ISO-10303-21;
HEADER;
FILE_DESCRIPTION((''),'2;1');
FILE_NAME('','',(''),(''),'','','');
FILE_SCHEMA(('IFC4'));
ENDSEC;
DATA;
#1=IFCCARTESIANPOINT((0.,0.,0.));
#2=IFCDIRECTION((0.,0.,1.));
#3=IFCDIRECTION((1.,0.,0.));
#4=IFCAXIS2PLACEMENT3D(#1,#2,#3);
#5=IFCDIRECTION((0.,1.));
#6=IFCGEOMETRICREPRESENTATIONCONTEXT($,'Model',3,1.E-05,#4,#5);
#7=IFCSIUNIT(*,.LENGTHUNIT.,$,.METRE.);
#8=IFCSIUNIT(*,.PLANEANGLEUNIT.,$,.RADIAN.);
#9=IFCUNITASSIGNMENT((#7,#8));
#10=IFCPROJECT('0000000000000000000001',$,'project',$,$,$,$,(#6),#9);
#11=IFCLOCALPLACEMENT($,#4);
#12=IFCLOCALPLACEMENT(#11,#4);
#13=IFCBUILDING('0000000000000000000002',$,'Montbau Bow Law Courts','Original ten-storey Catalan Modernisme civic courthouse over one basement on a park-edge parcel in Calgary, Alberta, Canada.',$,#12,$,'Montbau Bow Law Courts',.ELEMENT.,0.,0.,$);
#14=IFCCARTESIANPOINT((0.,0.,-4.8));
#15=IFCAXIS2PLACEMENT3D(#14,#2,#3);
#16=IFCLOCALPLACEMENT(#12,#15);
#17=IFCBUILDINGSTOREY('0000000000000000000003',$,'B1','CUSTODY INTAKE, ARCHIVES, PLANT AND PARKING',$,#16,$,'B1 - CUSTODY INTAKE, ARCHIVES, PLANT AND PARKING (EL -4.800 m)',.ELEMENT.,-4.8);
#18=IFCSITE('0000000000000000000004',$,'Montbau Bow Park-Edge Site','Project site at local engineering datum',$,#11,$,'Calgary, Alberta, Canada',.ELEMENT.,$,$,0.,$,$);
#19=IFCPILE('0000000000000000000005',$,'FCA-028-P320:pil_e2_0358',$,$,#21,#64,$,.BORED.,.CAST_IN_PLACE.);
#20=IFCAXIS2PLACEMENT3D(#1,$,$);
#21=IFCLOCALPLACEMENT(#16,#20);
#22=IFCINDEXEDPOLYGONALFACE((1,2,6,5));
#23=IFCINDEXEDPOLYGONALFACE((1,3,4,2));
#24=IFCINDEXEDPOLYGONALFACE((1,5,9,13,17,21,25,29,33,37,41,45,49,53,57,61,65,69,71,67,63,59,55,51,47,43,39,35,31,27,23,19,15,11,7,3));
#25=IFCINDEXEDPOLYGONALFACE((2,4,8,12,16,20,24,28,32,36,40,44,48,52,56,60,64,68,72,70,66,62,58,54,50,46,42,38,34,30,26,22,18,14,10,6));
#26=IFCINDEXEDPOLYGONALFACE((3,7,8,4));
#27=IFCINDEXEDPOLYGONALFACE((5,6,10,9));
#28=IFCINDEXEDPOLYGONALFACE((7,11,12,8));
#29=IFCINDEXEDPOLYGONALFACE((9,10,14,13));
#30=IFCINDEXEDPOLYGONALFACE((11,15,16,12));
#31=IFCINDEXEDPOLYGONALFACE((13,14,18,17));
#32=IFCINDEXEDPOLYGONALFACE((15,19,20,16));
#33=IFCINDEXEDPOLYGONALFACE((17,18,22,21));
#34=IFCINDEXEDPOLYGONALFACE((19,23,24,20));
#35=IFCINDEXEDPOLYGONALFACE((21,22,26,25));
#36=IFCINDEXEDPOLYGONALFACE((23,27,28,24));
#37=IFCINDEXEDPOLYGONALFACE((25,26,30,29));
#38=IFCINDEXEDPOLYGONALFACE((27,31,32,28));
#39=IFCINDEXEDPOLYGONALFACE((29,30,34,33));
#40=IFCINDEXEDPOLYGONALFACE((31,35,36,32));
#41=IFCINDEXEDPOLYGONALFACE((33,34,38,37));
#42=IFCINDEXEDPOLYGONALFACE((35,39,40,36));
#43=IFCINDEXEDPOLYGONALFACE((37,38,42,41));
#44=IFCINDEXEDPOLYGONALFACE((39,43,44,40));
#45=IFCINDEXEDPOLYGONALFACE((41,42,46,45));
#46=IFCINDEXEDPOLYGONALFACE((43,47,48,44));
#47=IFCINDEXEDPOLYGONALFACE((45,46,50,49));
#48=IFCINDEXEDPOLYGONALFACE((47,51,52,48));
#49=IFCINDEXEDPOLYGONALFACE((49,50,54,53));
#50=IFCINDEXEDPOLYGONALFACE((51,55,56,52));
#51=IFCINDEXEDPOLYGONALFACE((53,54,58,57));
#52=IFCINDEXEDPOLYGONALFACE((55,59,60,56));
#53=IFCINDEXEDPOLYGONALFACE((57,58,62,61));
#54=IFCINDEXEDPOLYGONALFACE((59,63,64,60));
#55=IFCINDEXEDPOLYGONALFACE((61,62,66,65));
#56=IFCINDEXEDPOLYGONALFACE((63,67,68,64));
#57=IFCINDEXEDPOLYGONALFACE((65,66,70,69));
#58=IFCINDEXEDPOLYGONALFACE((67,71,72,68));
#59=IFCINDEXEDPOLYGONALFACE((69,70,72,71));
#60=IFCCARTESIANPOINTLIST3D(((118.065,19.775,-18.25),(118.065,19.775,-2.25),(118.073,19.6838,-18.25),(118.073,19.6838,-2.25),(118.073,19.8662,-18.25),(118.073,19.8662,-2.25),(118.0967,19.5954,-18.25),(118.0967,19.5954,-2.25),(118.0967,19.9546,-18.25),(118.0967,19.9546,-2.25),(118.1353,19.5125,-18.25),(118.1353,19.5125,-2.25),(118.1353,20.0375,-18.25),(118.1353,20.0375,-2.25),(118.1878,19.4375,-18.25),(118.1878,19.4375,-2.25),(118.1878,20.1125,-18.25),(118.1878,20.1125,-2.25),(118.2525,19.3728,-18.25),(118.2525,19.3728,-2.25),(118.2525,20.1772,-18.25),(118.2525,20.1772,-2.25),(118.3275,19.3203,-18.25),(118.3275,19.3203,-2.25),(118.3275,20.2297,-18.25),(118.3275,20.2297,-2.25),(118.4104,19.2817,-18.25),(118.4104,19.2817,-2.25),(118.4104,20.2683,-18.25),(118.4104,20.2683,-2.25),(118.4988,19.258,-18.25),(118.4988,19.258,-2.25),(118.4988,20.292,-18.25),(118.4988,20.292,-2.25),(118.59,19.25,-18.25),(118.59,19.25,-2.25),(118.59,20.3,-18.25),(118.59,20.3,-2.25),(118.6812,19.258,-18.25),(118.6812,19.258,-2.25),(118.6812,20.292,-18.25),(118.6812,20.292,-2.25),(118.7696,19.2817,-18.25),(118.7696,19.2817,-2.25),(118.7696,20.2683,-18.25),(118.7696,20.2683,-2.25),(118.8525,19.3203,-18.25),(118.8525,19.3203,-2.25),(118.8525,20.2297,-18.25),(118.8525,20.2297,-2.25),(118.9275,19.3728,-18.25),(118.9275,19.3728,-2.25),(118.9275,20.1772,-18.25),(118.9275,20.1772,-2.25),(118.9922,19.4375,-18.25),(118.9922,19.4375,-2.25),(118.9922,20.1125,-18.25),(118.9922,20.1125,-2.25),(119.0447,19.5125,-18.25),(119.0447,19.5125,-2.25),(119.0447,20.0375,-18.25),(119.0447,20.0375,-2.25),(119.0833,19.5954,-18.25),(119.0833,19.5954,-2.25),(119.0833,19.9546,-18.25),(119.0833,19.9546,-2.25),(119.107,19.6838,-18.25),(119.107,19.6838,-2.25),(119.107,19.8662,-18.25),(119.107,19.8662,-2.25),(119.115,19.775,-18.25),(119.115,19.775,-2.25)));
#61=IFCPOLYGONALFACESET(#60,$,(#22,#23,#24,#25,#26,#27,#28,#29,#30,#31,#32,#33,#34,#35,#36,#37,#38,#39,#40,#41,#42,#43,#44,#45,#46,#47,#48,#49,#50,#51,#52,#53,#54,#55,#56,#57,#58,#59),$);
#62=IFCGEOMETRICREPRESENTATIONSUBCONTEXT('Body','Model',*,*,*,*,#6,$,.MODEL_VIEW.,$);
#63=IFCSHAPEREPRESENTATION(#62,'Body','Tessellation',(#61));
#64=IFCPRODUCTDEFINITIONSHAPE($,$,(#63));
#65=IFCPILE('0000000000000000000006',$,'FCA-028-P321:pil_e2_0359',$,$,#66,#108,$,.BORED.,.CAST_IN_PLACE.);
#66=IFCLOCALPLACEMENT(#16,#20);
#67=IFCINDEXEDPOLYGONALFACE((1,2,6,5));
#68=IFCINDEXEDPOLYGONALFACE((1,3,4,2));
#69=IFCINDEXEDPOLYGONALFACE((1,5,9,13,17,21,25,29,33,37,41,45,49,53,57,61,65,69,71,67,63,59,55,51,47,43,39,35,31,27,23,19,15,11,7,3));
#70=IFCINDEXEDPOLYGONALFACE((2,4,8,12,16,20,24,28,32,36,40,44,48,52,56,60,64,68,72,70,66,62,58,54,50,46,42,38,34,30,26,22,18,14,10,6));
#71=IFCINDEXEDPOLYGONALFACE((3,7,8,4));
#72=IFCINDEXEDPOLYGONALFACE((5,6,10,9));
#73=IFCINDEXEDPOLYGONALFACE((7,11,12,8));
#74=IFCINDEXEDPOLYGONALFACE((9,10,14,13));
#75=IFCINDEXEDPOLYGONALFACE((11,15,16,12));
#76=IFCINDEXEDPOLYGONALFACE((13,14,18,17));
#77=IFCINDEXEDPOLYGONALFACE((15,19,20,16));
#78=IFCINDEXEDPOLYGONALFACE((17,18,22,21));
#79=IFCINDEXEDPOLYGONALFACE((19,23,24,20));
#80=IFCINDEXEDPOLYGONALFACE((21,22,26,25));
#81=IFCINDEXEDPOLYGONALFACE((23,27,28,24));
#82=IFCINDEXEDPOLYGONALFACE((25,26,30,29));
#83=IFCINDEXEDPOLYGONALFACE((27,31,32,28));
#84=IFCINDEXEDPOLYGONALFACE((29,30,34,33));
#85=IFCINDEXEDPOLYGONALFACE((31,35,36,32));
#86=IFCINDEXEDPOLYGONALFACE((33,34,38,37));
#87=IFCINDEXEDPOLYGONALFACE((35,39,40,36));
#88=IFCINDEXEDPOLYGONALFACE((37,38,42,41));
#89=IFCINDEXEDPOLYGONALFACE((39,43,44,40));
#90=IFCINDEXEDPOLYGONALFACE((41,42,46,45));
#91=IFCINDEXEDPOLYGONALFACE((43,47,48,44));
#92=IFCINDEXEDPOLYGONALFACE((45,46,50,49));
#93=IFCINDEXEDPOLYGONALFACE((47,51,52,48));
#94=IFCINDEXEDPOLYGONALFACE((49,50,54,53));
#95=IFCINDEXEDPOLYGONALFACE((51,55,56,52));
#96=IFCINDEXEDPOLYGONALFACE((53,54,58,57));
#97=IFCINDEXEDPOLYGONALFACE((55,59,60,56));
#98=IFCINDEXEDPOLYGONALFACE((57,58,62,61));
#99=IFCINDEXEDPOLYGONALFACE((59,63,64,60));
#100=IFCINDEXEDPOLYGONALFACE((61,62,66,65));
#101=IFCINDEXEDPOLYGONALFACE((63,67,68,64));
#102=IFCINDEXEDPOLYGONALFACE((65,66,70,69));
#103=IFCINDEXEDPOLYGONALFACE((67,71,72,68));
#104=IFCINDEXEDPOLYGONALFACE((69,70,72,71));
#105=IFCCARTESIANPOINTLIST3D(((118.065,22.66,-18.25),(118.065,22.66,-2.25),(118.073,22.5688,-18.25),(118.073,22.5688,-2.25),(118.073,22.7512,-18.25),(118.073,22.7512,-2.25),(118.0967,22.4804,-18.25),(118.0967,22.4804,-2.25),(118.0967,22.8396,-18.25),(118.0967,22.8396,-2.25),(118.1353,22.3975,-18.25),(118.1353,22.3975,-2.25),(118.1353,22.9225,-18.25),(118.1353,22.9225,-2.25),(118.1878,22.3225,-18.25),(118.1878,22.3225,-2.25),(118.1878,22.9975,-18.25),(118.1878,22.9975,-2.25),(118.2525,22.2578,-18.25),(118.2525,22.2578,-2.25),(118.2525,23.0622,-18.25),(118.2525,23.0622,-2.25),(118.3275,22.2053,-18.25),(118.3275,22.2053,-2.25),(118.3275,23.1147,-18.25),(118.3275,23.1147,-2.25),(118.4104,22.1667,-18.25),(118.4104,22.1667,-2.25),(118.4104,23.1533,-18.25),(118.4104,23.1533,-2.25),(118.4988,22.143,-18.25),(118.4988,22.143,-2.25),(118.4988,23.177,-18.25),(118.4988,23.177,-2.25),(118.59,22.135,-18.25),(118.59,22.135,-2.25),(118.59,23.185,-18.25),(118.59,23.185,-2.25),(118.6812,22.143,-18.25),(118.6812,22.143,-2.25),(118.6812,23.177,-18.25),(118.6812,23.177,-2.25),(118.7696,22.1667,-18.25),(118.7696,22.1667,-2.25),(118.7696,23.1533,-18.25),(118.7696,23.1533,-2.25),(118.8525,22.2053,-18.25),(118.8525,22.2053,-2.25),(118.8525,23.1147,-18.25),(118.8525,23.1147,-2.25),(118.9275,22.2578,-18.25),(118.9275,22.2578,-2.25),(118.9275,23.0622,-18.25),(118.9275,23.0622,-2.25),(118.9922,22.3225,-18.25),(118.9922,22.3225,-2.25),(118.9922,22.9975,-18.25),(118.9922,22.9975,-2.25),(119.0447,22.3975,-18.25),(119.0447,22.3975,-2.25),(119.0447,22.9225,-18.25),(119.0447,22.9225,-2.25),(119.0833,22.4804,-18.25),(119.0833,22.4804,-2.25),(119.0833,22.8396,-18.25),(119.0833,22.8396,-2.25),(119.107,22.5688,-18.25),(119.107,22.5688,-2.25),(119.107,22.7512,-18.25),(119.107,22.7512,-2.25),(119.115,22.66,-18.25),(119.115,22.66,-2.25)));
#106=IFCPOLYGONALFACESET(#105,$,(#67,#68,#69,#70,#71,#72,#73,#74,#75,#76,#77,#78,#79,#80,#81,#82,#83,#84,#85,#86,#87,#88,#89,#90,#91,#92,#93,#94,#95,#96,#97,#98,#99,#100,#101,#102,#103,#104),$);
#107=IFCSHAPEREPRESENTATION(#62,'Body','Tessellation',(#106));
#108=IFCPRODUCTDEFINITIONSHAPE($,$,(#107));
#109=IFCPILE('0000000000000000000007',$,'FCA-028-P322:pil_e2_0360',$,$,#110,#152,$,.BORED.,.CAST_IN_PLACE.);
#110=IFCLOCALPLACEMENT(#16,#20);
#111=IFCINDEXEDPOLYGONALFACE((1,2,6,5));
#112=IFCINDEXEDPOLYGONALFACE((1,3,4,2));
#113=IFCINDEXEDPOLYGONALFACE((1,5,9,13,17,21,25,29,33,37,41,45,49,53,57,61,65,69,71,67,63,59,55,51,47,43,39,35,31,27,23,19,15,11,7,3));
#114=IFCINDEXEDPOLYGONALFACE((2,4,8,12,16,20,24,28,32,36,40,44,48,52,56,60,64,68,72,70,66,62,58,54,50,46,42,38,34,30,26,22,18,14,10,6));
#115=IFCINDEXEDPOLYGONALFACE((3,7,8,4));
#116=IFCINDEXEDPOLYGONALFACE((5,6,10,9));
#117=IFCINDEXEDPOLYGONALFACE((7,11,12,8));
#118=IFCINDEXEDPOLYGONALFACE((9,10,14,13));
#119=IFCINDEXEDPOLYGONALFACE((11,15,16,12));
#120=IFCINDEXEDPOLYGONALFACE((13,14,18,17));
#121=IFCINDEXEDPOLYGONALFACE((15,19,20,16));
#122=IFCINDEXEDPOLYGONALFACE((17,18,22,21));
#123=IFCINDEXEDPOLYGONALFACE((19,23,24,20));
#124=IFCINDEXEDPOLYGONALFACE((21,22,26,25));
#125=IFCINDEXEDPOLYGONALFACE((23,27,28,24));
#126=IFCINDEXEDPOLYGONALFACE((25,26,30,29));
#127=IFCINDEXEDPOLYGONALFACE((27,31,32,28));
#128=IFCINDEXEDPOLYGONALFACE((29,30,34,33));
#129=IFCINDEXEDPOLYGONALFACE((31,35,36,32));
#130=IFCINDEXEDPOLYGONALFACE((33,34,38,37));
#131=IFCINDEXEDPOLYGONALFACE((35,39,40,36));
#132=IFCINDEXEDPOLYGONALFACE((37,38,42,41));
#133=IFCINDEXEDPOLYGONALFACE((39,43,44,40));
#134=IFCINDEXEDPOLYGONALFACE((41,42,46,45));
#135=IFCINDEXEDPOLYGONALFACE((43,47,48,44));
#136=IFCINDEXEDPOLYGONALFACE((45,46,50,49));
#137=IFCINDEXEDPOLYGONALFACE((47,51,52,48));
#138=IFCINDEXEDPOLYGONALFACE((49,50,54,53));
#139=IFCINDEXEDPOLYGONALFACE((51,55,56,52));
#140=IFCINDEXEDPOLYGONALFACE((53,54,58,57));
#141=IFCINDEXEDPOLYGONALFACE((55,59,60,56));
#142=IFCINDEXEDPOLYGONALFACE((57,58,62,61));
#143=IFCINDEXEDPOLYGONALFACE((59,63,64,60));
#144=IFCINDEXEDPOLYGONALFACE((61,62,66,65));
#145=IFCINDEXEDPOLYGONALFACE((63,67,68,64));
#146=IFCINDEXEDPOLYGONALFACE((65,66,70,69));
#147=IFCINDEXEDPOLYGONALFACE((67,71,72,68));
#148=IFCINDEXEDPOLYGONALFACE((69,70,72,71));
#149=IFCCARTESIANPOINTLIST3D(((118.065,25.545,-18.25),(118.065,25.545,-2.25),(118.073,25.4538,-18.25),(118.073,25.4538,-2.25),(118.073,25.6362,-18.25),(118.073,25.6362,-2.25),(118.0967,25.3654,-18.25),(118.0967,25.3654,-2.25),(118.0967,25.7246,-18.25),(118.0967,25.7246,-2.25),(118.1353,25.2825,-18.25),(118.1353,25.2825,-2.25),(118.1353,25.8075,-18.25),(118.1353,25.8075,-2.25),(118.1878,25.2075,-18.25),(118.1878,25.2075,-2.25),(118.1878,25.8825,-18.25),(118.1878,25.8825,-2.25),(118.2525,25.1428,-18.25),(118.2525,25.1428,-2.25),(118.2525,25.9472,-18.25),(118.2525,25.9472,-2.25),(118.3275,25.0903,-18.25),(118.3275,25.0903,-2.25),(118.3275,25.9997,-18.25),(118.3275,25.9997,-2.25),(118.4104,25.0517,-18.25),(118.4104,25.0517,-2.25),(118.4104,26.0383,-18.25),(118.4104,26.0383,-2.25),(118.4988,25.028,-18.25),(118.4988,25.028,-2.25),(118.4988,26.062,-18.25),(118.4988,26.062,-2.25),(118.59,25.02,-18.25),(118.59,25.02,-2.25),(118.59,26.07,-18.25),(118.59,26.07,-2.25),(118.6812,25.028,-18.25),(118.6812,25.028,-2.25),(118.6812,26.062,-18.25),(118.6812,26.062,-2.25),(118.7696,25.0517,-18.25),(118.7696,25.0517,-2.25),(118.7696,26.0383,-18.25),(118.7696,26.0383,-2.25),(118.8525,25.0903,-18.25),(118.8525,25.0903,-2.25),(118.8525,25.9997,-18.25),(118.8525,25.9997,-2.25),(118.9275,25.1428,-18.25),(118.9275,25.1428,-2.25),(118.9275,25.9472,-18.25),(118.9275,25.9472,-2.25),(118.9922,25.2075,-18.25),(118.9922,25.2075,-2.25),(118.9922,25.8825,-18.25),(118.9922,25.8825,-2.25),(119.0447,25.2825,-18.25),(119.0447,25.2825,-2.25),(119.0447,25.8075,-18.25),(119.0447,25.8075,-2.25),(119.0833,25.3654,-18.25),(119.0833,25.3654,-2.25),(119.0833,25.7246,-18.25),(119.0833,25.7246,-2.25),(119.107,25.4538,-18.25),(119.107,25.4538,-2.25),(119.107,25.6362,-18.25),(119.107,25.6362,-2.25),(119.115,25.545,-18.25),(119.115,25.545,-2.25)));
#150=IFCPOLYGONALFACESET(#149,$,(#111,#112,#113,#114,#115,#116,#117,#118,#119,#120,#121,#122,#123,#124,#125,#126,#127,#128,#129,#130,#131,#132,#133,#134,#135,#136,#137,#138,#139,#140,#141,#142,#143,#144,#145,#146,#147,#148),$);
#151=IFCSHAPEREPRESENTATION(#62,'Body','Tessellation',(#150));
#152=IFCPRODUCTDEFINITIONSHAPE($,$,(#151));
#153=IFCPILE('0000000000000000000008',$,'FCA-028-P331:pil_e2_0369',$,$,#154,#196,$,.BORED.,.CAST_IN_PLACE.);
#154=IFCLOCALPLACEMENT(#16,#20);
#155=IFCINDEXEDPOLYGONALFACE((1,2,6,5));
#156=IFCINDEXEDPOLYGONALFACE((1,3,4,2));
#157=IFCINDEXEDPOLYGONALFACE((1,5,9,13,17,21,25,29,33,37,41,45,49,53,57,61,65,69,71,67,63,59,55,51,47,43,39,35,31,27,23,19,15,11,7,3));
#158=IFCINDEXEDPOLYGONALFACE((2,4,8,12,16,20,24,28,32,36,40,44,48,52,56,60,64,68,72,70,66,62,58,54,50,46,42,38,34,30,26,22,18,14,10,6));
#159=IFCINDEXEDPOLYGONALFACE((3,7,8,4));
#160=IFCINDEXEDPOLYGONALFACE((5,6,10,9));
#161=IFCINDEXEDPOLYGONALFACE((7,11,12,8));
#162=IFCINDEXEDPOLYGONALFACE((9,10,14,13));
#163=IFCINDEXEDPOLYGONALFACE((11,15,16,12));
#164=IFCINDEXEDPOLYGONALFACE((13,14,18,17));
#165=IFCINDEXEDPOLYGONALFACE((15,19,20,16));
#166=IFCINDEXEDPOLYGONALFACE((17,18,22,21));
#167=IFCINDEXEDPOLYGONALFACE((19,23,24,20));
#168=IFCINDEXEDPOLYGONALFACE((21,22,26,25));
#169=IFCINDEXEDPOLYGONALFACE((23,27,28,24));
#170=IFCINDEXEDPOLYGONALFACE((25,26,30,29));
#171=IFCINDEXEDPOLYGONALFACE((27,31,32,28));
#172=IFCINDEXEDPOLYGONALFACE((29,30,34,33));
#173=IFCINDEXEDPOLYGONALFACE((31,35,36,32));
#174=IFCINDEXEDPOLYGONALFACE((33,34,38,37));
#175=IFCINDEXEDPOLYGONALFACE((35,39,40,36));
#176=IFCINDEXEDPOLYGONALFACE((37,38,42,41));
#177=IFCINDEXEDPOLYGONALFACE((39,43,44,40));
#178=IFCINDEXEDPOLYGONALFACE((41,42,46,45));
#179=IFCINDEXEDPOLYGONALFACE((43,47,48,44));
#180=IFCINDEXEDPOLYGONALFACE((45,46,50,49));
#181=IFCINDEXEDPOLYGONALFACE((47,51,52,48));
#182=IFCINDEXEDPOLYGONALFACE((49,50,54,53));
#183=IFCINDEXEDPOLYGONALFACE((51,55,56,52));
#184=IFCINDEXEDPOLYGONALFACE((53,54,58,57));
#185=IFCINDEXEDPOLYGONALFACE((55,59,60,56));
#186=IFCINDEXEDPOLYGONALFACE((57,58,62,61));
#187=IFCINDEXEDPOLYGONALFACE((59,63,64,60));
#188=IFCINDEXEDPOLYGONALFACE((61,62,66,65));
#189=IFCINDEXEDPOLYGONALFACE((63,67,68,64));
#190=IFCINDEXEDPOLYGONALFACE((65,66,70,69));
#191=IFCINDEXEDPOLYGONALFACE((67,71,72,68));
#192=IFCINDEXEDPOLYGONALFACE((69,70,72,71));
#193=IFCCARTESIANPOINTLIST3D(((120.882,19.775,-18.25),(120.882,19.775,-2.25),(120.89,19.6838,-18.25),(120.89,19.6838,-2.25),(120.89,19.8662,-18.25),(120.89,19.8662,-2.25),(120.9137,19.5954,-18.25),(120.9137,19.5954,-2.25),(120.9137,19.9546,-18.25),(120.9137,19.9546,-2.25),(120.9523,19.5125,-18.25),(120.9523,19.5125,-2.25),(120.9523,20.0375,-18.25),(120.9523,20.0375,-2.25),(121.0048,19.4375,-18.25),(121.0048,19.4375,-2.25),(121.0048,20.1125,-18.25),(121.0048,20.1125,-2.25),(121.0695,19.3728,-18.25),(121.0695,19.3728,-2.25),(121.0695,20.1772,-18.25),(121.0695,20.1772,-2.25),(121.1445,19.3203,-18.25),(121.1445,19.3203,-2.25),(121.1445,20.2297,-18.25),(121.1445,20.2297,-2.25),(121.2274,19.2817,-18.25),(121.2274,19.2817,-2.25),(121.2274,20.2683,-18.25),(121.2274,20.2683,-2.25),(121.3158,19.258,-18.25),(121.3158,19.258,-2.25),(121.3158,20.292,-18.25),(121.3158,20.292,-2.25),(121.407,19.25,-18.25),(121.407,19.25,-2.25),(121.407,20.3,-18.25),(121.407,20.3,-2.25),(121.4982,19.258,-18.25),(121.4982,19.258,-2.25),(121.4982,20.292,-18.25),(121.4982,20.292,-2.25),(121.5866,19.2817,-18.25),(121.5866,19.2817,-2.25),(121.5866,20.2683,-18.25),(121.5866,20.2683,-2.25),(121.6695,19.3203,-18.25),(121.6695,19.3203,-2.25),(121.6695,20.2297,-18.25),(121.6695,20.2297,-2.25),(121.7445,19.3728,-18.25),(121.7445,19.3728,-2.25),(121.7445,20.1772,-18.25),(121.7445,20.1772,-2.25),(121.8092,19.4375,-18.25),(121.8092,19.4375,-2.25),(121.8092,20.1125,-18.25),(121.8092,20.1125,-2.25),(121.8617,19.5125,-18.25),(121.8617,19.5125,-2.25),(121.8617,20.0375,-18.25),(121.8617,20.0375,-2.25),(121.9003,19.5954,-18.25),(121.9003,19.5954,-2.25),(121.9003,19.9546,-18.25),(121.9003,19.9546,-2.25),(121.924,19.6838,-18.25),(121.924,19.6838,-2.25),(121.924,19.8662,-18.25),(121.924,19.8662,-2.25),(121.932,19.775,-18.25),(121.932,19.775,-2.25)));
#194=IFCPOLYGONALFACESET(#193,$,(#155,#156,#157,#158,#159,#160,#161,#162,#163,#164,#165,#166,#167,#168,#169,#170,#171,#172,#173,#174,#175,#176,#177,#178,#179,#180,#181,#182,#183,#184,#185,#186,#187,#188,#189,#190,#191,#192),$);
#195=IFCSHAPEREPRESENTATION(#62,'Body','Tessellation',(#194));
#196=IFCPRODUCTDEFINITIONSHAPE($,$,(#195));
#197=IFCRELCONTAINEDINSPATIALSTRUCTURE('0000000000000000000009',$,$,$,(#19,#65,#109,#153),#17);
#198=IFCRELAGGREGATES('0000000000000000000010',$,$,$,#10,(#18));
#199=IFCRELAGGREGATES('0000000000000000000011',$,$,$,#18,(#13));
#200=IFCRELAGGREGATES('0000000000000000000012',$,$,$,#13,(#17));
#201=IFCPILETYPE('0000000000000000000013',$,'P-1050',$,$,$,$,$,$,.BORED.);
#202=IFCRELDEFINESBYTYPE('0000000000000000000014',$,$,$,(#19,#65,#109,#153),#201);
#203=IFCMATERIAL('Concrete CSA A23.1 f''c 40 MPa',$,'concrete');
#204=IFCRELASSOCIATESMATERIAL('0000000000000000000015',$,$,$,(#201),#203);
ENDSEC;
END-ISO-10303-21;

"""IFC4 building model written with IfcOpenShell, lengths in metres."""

from ifc_helpers import new_model, si_unit, direction, frame, origin_with_axes, origin_2d_with_axis, place, context, subcontext, project, spatial, circle, extrude, material, material_profile, profile_set, type_object, element, save


model = new_model("IFC4")

# Units and contexts
model_context = context("Model", 3, precision=1e-05, world=origin_with_axes(), true_north=direction((0.0, 1.0)))
body_context = subcontext(model_context, "Body", "Model", "MODEL_VIEW")
ifc_project = project(units=[si_unit("LENGTHUNIT", "METRE"), si_unit("PLANEANGLEUNIT", "RADIAN")], contexts=[model_context])

# Site, building, storey
site_placement = place(None, origin_with_axes())
site = spatial("IfcSite", under=ifc_project, at=site_placement, Name="Montbau Bow Park-Edge Site", Description="Project site at local engineering datum", LongName="Calgary, Alberta, Canada", CompositionType="ELEMENT", RefElevation=0.0)
building_placement = place(site_placement, origin_with_axes())
building = spatial("IfcBuilding", under=site, at=building_placement, Name="Montbau Bow Law Courts", Description="Original ten-storey Catalan Modernisme civic courthouse over one basement on a park-edge parcel in Calgary, Alberta, Canada.", LongName="Montbau Bow Law Courts", CompositionType="ELEMENT", ElevationOfRefHeight=0.0, ElevationOfTerrain=0.0)
storey_placement = place(building_placement, frame((0.0, 0.0, -4.8), z_axis=(0.0, 0.0, 1.0), x_axis=(1.0, 0.0, 0.0)))
storey = spatial("IfcBuildingStorey", under=building, at=storey_placement, Name="B1", Description="CUSTODY INTAKE, ARCHIVES, PLANT AND PARKING", LongName="B1 - CUSTODY INTAKE, ARCHIVES, PLANT AND PARKING (EL -4.800 m)", CompositionType="ELEMENT", Elevation=-4.8)

# Piles
ifc_material_1 = material(Name="Concrete CSA A23.1 f'c 40 MPa", Category="concrete")
ifc_material_profile_1 = material_profile(ifc_material_1, circle(Radius=0.525, at=origin_2d_with_axis()), Name="BP1050", Category="Main", Priority=0)
ifc_profile_set_1 = profile_set([ifc_material_profile_1], Name="Concrete CSA A23.1 f'c 40 MPa")
pile_type_1 = type_object("IfcPileType", Name="P-1050", PredefinedType="BORED", material=ifc_profile_set_1)
for number, where, z_axis, x_axis, name in (
    (1, (118.59, 19.775, -23.05), (0.0, 0.0, 1.0), (1.0, 0.0, 0.0), "FCA-028-P320:pil_e2_0358"),
    (2, (118.59, 22.66, -23.05), (0.0, 0.0, 1.0), (1.0, 0.0, 0.0), "FCA-028-P321:pil_e2_0359"),
    (3, (118.59, 25.545, -23.05), (0.0, 0.0, 1.0), (1.0, 0.0, 0.0), "FCA-028-P322:pil_e2_0360"),
    (4, (121.407, 19.775, -23.05), (0.0, 0.0, 1.0), (1.0, 0.0, 0.0), "FCA-028-P331:pil_e2_0369"),
):
    element("IfcPile", number, at=place(None, frame(where, z_axis=z_axis, x_axis=x_axis)), inside=storey, type_object=pile_type_1, Name=name, ConstructionType="CAST_IN_PLACE", PredefinedType="BORED", context=body_context, shape_type="SweptSolid", body=[
        extrude(circle(Radius=0.525, at=origin_2d_with_axis()), origin_with_axes(), (0.0, 0.0, 1.0), 16.0),
    ])

save(model, "model.ifc")
